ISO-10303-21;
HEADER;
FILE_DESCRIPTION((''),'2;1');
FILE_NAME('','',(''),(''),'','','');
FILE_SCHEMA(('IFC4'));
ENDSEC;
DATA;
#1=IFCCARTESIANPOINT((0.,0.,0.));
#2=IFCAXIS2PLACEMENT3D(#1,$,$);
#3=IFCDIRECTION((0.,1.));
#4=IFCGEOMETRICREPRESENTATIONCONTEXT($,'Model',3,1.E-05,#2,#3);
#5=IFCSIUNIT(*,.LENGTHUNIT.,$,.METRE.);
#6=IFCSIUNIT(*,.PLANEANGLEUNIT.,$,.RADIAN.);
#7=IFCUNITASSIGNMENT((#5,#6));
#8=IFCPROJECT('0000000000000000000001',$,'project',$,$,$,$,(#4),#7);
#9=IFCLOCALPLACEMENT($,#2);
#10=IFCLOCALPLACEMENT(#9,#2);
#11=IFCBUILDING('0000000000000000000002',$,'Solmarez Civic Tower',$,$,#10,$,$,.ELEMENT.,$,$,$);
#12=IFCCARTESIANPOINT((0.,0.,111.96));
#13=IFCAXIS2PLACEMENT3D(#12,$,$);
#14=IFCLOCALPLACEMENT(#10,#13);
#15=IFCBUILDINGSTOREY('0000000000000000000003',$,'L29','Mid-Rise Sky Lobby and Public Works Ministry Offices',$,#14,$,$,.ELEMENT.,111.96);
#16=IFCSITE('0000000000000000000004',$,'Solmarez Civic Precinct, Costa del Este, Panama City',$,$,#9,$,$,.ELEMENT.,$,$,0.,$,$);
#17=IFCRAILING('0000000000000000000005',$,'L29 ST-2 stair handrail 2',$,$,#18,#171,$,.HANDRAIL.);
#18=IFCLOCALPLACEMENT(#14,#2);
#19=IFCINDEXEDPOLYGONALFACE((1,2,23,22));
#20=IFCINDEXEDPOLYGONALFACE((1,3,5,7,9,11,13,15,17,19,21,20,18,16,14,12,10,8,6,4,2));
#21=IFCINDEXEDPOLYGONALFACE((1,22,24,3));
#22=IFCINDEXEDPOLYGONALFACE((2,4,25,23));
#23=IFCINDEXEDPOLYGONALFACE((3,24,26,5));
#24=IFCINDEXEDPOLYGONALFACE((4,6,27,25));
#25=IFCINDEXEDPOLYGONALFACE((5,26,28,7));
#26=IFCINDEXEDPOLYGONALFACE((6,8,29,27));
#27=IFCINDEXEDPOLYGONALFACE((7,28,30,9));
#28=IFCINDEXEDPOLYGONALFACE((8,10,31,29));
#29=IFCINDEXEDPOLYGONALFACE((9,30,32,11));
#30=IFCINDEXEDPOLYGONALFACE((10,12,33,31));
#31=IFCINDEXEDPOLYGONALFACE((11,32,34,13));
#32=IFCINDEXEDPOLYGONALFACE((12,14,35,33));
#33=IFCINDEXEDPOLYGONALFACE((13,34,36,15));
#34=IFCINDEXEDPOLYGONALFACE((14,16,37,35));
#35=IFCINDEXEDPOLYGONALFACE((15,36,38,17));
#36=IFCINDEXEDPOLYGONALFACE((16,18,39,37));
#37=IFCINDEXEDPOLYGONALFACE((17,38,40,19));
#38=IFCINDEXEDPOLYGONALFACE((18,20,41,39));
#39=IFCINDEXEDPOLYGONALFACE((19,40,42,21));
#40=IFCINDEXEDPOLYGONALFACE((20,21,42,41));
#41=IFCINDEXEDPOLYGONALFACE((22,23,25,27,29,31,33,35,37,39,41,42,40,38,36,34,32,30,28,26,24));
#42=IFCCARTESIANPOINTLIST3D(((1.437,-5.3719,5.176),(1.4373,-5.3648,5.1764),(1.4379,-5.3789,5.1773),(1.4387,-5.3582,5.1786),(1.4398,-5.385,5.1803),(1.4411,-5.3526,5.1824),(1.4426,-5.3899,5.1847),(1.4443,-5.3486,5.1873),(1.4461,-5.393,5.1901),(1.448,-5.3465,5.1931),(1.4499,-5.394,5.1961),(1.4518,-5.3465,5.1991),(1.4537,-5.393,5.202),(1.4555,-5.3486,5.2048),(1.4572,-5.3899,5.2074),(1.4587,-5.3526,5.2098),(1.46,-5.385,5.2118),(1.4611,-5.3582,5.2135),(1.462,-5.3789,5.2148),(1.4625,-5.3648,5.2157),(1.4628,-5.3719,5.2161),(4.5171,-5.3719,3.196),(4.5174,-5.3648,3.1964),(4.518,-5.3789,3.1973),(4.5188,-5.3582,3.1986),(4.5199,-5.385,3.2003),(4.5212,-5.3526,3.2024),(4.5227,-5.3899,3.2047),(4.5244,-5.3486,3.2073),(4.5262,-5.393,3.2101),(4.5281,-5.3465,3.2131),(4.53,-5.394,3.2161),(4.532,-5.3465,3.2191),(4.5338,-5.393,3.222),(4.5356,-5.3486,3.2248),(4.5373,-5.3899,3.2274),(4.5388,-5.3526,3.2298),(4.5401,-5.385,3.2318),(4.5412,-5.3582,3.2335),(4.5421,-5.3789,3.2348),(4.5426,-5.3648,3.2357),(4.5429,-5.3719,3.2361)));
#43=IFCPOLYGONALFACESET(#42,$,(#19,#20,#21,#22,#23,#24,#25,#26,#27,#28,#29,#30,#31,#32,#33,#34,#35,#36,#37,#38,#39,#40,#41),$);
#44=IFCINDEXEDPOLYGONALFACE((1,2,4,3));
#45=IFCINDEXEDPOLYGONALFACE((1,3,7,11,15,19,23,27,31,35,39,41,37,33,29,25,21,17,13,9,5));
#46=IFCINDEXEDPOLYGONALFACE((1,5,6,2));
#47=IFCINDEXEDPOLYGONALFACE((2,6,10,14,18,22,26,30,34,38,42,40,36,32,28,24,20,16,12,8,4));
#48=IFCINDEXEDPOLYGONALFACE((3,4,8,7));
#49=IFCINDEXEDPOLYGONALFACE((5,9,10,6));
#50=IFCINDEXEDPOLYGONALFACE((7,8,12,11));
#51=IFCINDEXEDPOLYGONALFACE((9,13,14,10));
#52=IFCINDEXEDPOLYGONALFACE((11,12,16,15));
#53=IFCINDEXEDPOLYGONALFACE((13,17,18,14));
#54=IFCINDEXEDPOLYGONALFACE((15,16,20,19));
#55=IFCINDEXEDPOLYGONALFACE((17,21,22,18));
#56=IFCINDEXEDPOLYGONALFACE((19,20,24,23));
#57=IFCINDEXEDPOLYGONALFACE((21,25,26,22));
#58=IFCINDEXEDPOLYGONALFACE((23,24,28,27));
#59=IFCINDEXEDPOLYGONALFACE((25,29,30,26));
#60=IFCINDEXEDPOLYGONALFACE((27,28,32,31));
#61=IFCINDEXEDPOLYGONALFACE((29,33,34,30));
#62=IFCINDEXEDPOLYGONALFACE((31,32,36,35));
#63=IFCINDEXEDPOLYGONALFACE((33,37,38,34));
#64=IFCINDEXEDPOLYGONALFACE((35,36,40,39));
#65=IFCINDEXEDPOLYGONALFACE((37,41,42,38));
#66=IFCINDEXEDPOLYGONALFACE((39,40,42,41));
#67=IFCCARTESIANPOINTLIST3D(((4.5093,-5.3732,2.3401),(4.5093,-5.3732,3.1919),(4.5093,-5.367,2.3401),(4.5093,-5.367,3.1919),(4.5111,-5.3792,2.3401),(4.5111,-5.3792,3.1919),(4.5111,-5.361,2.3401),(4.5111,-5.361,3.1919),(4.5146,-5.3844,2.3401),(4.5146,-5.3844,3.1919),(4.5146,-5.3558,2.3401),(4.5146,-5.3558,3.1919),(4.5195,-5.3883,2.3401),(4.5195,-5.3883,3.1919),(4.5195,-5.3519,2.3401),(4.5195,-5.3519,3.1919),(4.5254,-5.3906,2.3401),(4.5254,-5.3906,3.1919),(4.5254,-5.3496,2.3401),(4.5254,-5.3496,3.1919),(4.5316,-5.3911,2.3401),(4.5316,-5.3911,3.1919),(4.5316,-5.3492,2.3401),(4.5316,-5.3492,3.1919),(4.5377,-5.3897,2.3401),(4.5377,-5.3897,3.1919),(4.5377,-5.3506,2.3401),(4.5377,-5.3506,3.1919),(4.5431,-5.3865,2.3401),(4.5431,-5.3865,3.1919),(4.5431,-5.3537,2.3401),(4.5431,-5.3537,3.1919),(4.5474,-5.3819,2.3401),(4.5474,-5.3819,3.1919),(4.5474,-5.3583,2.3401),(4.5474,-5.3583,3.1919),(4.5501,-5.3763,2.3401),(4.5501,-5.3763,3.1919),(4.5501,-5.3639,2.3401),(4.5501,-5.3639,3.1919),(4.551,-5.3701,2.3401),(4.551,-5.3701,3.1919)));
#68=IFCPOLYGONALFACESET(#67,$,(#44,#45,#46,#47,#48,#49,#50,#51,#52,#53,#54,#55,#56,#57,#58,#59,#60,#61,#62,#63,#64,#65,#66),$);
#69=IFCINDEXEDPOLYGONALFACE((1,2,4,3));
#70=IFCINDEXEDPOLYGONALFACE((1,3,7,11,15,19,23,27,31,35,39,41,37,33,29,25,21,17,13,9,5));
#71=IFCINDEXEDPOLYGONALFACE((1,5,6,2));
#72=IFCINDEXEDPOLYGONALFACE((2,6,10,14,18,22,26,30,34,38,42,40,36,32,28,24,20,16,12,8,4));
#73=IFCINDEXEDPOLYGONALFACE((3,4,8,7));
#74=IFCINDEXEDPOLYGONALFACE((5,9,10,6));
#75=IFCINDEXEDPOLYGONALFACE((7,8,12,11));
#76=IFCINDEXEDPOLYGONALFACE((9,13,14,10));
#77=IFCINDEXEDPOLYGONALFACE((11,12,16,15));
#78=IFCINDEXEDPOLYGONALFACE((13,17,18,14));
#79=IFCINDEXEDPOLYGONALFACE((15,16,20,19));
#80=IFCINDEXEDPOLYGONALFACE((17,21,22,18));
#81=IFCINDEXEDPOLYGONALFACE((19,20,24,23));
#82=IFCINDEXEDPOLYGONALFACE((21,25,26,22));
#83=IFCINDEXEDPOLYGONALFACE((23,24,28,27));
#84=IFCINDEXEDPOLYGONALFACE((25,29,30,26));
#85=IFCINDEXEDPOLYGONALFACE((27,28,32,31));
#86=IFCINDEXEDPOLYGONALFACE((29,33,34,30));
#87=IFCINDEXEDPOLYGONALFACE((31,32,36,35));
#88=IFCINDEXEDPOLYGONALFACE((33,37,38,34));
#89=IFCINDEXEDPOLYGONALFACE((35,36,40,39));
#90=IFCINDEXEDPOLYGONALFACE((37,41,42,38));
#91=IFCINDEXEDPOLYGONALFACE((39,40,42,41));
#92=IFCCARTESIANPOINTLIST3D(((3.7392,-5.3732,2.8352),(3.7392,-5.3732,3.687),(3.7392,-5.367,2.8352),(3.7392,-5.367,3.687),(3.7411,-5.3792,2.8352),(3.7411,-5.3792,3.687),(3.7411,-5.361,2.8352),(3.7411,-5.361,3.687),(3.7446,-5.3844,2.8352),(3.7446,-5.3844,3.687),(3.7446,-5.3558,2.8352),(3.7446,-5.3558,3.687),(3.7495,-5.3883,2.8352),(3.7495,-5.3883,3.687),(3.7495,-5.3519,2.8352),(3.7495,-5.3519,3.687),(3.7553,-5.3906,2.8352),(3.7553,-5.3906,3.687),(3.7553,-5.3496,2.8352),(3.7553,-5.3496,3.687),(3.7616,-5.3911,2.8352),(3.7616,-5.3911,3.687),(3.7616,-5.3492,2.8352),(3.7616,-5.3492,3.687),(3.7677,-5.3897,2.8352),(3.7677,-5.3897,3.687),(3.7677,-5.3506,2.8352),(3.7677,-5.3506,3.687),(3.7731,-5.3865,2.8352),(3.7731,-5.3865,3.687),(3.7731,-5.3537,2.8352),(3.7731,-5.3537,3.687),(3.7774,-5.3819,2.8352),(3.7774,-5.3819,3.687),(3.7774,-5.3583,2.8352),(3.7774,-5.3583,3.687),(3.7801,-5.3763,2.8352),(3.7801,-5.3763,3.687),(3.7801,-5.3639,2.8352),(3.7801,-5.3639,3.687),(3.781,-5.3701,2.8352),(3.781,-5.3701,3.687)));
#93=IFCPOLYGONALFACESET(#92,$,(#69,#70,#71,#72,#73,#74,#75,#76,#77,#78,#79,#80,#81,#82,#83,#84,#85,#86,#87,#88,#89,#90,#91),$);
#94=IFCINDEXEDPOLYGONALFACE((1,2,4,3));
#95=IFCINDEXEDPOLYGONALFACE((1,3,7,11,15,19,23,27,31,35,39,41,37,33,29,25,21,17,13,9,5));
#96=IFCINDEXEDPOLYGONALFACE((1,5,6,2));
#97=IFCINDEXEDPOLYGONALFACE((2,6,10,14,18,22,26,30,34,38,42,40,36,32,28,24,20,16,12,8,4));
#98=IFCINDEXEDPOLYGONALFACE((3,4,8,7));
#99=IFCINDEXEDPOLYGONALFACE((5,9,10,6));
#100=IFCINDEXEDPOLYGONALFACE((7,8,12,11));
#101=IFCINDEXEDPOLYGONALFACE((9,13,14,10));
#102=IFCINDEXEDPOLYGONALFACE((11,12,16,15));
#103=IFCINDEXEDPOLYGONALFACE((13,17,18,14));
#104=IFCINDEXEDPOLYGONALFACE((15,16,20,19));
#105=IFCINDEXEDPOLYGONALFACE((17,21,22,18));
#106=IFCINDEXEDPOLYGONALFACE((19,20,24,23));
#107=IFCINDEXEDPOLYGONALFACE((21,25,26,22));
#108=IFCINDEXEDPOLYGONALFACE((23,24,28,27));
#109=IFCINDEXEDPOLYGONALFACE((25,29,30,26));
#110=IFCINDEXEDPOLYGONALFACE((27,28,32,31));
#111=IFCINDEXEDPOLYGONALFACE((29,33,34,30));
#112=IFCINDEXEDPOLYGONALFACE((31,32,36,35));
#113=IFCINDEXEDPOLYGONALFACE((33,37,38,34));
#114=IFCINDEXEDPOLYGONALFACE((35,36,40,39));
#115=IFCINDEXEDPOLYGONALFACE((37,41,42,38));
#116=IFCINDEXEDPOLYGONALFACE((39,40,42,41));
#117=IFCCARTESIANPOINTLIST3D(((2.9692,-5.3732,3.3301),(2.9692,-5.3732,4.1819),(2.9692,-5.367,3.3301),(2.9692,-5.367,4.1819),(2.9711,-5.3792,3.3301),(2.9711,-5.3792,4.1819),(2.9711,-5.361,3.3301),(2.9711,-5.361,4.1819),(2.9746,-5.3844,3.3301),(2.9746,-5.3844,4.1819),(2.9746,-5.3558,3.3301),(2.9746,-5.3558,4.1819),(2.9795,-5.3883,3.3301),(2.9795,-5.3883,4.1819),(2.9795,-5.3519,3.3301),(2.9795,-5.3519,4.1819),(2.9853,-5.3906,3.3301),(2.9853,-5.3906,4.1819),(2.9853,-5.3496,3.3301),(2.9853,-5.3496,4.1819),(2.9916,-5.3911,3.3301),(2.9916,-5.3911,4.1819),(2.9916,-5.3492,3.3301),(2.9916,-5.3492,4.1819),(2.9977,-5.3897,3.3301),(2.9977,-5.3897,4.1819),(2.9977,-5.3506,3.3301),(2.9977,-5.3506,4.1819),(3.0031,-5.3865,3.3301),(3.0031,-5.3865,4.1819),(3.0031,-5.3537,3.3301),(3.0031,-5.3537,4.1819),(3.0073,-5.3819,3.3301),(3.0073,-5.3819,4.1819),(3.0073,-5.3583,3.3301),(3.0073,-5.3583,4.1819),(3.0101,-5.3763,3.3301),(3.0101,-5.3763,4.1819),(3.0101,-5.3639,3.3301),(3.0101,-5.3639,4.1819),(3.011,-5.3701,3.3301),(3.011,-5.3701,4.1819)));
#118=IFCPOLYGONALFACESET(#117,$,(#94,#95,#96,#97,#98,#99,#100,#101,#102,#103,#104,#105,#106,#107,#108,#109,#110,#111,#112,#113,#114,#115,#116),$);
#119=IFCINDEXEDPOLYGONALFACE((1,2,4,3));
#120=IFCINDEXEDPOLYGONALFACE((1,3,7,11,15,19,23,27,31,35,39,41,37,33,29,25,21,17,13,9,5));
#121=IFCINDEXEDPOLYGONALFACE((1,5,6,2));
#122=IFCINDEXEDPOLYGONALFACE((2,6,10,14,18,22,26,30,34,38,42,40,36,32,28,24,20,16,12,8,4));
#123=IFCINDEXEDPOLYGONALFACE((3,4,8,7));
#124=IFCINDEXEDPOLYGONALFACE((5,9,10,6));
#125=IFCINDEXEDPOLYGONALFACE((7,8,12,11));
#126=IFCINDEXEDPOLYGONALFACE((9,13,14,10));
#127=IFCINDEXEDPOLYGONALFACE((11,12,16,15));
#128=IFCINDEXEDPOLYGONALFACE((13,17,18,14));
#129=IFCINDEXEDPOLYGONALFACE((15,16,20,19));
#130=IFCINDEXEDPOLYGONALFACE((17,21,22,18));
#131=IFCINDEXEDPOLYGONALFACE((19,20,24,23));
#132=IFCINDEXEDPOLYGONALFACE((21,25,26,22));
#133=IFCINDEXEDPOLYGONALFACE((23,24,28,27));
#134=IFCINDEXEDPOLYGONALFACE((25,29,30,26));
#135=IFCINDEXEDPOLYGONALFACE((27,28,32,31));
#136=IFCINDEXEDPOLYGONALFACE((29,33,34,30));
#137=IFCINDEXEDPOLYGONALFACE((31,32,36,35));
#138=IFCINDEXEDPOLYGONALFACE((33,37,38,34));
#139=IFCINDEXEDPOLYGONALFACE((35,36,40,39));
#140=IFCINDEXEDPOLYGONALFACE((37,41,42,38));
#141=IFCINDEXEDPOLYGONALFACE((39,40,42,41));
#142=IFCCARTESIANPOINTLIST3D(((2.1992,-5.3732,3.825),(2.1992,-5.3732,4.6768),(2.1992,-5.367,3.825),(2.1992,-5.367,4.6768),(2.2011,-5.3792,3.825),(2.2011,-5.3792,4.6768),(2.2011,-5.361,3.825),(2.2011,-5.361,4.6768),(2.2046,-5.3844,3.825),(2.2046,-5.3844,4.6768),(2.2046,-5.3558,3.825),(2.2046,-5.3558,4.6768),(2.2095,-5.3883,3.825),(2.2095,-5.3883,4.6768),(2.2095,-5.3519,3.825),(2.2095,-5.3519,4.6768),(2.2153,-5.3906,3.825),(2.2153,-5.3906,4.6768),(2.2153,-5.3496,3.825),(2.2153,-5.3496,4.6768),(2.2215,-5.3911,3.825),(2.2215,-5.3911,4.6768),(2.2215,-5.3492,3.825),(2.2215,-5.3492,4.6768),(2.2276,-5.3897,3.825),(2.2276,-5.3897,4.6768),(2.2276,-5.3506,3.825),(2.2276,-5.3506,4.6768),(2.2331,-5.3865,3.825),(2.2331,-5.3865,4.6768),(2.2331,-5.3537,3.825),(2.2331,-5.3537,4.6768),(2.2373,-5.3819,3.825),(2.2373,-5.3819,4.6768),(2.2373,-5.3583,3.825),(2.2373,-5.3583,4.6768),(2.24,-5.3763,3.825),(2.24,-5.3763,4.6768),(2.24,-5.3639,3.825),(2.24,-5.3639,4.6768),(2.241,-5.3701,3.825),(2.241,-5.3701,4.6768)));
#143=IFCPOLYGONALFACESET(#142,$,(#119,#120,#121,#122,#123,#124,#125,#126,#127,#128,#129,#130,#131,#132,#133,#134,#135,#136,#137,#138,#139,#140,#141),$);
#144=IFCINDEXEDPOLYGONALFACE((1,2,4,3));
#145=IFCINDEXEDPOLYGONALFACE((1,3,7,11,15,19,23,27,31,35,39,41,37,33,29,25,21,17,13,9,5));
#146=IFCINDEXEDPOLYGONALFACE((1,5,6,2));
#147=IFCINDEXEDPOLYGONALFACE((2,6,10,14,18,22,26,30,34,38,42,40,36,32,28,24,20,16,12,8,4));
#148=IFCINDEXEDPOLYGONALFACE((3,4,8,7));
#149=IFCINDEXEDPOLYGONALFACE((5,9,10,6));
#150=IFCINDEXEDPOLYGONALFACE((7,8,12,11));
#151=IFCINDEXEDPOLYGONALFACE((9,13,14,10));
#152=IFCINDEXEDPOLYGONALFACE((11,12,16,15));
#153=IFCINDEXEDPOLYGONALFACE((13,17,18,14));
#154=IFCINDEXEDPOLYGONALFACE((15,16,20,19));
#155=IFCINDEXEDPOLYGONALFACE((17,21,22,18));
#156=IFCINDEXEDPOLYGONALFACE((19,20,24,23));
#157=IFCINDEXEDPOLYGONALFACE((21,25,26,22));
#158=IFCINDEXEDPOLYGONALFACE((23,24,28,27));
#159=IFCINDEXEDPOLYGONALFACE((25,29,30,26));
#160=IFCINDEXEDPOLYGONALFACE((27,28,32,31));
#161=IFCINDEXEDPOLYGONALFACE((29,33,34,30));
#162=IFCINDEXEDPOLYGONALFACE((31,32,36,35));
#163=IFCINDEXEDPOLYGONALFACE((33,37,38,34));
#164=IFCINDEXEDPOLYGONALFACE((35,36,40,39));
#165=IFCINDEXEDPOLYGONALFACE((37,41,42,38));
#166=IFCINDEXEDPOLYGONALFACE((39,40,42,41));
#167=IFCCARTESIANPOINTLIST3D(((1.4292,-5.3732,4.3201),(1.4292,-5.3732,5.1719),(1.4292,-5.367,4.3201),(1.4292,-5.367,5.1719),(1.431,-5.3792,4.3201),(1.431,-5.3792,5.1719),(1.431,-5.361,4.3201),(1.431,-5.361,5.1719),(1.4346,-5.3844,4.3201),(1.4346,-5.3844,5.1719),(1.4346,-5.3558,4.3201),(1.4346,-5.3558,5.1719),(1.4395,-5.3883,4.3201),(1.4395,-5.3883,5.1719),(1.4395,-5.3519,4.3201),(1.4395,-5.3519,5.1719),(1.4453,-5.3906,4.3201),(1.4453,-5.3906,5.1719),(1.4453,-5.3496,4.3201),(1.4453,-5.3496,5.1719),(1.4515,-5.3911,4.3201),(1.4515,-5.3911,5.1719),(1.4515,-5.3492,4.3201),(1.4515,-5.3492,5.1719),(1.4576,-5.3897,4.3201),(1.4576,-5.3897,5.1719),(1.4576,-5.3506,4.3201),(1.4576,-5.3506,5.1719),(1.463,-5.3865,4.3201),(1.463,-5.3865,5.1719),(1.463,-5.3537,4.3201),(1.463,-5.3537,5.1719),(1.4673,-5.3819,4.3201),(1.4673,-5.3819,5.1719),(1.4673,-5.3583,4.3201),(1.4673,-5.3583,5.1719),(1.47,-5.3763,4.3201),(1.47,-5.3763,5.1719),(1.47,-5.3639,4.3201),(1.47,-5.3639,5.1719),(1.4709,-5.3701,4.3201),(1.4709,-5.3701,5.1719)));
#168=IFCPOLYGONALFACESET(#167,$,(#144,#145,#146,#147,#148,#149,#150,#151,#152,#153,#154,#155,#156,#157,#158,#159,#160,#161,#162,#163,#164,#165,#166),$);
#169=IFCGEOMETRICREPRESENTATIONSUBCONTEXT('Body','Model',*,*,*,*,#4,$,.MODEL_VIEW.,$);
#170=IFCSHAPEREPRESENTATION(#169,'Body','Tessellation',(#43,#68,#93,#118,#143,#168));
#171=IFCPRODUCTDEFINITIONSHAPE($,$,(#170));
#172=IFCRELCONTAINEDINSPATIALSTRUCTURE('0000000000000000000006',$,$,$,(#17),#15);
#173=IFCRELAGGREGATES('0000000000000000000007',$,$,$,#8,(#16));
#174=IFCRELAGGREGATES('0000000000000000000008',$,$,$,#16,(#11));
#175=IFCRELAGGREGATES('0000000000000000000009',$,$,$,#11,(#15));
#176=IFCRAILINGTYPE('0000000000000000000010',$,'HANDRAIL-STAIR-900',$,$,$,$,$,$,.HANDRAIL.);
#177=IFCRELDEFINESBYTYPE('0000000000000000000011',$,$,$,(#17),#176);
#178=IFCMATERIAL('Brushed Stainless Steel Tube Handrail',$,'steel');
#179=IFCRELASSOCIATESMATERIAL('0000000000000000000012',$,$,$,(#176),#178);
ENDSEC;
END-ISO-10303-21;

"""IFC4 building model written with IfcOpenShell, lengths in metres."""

from ifc_helpers import new_model, si_unit, direction, frame, origin, origin_2d, place, context, subcontext, project, spatial, circle, extrude, material, type_object, element, save


model = new_model("IFC4")

# Units and contexts
model_context = context("Model", 3, precision=1e-05, world=origin(), true_north=direction((0.0, 1.0)))
body_context = subcontext(model_context, "Body", "Model", "MODEL_VIEW")
ifc_project = project(units=[si_unit("LENGTHUNIT", "METRE"), si_unit("PLANEANGLEUNIT", "RADIAN")], contexts=[model_context])

# Site, building, storey
site_placement = place(None, origin())
site = spatial("IfcSite", under=ifc_project, at=site_placement, Name="Solmarez Civic Precinct, Costa del Este, Panama City", CompositionType="ELEMENT", RefElevation=0.0)
building_placement = place(site_placement, origin())
building = spatial("IfcBuilding", under=site, at=building_placement, Name="Solmarez Civic Tower", CompositionType="ELEMENT")
storey_placement = place(building_placement, frame((0.0, 0.0, 111.96)))
storey = spatial("IfcBuildingStorey", under=building, at=storey_placement, Name="L29", Description="Mid-Rise Sky Lobby and Public Works Ministry Offices", CompositionType="ELEMENT", Elevation=111.96)

# Railing
ifc_material_1 = material(Name="Brushed Stainless Steel Tube Handrail", Category="steel")
railing_type_1 = type_object("IfcRailingType", Name="HANDRAIL-STAIR-900", PredefinedType="HANDRAIL", material=ifc_material_1)
railing_1_placement = place(storey_placement, frame((4.53, -5.3701, 2.3401)))
element("IfcRailing", 1, at=railing_1_placement, inside=storey, type_object=railing_type_1, Name="L29 ST-2 stair handrail 2", PredefinedType="HANDRAIL", context=body_context, shape_type="SweptSolid", body=[
    extrude(circle(Radius=0.0239, at=origin_2d()), frame((0.0, 0.0, 0.876), z_axis=(-0.841187, 0.0, 0.540744), x_axis=(0.0, -1.0, 0.0)), (0.0, 0.0, 1.0), 3.6616),
    extrude(circle(Radius=0.021, at=origin_2d()), origin(), (0.0, 0.0, 1.0), 0.8518),
    extrude(circle(Radius=0.021, at=origin_2d()), frame((-0.77, 0.0, 0.4951)), (0.0, 0.0, 1.0), 0.8518),
    extrude(circle(Radius=0.021, at=origin_2d()), frame((-1.54, 0.0, 0.99)), (0.0, 0.0, 1.0), 0.8518),
    extrude(circle(Radius=0.021, at=origin_2d()), frame((-2.3101, 0.0, 1.4849)), (0.0, 0.0, 1.0), 0.8518),
    extrude(circle(Radius=0.021, at=origin_2d()), frame((-3.0801, 0.0, 1.98)), (0.0, 0.0, 1.0), 0.8518),
])

save(model, "model.ifc")
